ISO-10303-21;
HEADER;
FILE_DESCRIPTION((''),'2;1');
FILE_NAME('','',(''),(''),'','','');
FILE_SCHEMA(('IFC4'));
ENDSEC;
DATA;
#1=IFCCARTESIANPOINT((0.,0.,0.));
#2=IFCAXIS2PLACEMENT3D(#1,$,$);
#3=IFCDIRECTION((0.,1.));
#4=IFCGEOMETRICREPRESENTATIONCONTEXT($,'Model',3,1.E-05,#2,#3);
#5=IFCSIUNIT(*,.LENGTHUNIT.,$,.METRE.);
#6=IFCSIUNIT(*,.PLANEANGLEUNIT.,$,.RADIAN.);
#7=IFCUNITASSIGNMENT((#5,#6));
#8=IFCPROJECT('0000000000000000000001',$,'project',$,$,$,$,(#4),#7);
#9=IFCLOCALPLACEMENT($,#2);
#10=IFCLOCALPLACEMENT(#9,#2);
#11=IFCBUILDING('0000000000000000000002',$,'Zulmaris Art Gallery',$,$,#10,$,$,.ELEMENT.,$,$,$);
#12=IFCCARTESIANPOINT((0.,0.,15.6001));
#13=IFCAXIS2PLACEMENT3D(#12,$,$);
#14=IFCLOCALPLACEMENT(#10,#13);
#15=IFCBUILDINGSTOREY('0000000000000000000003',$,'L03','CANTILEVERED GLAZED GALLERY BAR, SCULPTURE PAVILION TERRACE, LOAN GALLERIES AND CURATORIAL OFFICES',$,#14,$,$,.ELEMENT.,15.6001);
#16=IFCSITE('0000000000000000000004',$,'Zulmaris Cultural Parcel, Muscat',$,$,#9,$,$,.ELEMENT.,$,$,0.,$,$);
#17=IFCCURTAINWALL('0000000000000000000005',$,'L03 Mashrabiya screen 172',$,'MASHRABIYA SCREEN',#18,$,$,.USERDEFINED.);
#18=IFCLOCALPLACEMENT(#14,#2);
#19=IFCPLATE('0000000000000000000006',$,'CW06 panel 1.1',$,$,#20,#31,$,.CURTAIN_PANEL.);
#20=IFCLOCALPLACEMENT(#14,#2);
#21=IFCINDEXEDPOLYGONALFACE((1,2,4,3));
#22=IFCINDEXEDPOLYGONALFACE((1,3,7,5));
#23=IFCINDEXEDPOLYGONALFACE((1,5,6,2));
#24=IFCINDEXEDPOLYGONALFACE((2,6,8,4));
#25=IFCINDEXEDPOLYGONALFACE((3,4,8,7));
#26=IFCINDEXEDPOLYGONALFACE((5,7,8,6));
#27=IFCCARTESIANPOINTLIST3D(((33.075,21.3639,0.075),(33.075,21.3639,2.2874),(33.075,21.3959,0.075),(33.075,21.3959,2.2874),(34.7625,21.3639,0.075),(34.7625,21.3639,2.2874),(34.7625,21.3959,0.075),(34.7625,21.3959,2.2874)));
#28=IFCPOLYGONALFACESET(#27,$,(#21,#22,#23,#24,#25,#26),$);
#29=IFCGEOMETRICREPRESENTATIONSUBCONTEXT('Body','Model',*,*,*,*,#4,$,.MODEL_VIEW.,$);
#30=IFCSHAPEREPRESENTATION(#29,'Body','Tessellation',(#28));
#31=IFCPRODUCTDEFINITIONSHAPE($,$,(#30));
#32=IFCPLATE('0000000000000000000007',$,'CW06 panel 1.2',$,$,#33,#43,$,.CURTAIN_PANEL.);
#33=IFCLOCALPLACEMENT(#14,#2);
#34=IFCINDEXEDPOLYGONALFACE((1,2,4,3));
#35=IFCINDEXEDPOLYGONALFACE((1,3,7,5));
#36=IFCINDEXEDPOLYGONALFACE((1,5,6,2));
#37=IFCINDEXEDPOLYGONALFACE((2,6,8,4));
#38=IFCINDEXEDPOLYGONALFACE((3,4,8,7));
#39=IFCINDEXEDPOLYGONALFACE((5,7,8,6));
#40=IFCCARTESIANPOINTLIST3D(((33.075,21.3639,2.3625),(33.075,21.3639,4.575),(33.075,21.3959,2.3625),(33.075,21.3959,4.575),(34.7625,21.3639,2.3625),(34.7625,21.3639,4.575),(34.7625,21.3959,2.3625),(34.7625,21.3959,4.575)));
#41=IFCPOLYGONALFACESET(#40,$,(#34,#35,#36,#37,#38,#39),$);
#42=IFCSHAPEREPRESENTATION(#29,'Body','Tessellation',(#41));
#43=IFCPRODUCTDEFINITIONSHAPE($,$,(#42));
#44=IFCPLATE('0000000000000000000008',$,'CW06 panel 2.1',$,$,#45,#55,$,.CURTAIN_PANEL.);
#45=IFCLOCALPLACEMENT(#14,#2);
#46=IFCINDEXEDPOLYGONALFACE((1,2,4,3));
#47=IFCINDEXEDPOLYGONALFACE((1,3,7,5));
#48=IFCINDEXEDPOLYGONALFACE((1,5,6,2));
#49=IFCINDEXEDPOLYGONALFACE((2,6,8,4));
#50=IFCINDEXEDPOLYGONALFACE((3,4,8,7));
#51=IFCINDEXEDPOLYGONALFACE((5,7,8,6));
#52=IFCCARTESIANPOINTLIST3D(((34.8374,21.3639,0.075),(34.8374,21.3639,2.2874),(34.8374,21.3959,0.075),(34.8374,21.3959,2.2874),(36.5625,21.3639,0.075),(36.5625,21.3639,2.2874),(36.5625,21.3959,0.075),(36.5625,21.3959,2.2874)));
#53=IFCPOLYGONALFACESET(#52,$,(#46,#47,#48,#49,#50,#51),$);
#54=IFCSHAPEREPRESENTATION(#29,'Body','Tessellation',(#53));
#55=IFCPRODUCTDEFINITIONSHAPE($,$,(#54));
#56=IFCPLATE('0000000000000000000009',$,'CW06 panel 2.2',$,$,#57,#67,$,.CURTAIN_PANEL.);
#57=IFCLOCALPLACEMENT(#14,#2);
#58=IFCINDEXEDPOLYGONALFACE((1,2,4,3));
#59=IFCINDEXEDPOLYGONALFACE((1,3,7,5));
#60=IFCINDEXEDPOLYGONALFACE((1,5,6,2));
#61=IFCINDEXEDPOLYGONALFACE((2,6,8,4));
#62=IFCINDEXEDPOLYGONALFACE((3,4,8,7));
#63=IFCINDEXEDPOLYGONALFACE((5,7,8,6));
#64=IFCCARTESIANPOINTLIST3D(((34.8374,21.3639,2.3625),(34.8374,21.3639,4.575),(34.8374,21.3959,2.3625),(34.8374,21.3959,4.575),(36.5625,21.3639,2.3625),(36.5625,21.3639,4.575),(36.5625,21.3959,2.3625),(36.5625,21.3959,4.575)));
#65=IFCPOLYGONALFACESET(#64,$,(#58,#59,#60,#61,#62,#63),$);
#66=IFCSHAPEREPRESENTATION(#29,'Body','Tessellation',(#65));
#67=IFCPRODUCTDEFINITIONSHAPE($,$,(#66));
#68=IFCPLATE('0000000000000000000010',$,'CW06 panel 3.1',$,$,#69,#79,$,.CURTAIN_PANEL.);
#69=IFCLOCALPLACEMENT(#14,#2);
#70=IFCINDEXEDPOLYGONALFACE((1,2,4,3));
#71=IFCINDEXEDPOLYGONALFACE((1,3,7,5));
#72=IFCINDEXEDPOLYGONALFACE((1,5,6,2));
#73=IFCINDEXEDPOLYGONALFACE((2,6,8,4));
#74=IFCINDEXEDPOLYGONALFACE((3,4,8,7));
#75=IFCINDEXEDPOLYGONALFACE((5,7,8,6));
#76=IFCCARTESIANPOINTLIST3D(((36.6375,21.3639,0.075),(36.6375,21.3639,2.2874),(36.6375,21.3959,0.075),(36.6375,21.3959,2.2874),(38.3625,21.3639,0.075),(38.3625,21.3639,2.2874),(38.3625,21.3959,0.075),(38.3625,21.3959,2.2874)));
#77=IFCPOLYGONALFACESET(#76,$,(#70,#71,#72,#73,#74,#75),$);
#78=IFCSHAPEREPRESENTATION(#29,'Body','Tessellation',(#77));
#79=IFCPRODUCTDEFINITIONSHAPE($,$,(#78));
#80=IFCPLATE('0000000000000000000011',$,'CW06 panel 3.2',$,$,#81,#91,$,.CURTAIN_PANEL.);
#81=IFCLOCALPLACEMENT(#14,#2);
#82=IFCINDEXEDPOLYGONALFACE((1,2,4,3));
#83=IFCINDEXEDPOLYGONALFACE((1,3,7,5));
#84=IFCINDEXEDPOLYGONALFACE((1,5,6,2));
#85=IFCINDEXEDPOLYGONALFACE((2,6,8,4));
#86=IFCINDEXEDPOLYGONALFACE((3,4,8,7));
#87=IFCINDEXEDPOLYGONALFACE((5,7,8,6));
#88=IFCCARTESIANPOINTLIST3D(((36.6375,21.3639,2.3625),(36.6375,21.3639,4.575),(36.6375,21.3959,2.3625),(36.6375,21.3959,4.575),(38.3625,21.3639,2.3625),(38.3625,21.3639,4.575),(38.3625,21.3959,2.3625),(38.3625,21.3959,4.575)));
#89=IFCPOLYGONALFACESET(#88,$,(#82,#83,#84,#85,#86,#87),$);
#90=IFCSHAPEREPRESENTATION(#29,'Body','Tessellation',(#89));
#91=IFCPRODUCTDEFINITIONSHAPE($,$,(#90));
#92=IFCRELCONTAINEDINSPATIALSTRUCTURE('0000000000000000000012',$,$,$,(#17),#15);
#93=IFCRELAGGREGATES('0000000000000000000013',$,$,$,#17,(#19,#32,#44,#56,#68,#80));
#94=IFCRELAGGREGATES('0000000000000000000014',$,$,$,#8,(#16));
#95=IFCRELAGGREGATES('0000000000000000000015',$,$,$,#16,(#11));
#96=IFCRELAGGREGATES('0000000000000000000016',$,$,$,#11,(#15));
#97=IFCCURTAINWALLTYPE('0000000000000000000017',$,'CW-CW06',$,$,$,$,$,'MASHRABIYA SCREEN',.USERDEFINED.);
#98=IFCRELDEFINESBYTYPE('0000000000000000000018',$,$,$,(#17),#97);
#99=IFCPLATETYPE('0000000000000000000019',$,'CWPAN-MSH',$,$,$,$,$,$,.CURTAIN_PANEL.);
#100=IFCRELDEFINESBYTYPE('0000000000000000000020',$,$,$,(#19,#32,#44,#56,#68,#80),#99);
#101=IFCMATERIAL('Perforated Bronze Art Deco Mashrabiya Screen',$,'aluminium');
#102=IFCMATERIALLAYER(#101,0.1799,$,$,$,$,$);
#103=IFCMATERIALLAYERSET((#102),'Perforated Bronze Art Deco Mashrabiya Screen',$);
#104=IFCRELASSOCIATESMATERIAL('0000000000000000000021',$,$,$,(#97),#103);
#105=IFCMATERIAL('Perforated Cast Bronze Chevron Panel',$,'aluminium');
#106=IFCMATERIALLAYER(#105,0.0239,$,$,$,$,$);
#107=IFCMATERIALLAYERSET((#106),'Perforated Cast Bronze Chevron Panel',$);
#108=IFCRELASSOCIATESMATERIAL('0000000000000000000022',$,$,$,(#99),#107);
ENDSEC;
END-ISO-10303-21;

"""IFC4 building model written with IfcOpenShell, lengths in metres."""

from ifc_helpers import new_model, si_unit, direction, frame, origin, origin_2d, place, context, subcontext, project, spatial, rectangle, extrude, material, layer, layer_set, type_object, element, aggregate, save


model = new_model("IFC4")

# Units and contexts
model_context = context("Model", 3, precision=1e-05, world=origin(), true_north=direction((0.0, 1.0)))
body_context = subcontext(model_context, "Body", "Model", "MODEL_VIEW")
ifc_project = project(units=[si_unit("LENGTHUNIT", "METRE"), si_unit("PLANEANGLEUNIT", "RADIAN")], contexts=[model_context])

# Site, building, storey
site_placement = place(None, origin())
site = spatial("IfcSite", under=ifc_project, at=site_placement, Name="Zulmaris Cultural Parcel, Muscat", CompositionType="ELEMENT", RefElevation=0.0)
building_placement = place(site_placement, origin())
building = spatial("IfcBuilding", under=site, at=building_placement, Name="Zulmaris Art Gallery", CompositionType="ELEMENT")
storey_placement = place(building_placement, frame((0.0, 0.0, 15.6001)))
storey = spatial("IfcBuildingStorey", under=building, at=storey_placement, Name="L03", Description="CANTILEVERED GLAZED GALLERY BAR, SCULPTURE PAVILION TERRACE, LOAN GALLERIES AND CURATORIAL OFFICES", CompositionType="ELEMENT", Elevation=15.6001)

# Curtain wall
ifc_material_1 = material(Name="Perforated Bronze Art Deco Mashrabiya Screen", Category="aluminium")
ifc_layer_1 = layer(ifc_material_1, 0.1799)
ifc_layer_set_1 = layer_set([ifc_layer_1], Name="Perforated Bronze Art Deco Mashrabiya Screen")
curtain_wall_type = type_object("IfcCurtainWallType", Name="CW-CW06", ElementType="MASHRABIYA SCREEN", PredefinedType="USERDEFINED", material=ifc_layer_set_1)
curtain_wall_1_placement = place(storey_placement, origin())
curtain_wall_1 = element("IfcCurtainWall", 1, at=curtain_wall_1_placement, inside=storey, type_object=curtain_wall_type, Name="L03 Mashrabiya screen 172", ObjectType="MASHRABIYA SCREEN", PredefinedType="USERDEFINED")

# Plates
ifc_material_2 = material(Name="Perforated Cast Bronze Chevron Panel", Category="aluminium")
ifc_layer_2 = layer(ifc_material_2, 0.0239)
ifc_layer_set_2 = layer_set([ifc_layer_2], Name="Perforated Cast Bronze Chevron Panel")
plate_type = type_object("IfcPlateType", Name="CWPAN-MSH", PredefinedType="CURTAIN_PANEL", material=ifc_layer_set_2)
plate_1_placement = place(storey_placement, frame((33.9187, 21.3799, 0.075), z_axis=(0.0, 0.0, 1.0), x_axis=(1.0, 0.0, 0.0)))
plate_1 = element("IfcPlate", 2, at=plate_1_placement, type_object=plate_type, Name="CW06 panel 1.1", PredefinedType="CURTAIN_PANEL", context=body_context, shape_type="SweptSolid", body=[
    extrude(rectangle(XDim=1.6875, YDim=0.032, at=origin_2d()), origin(), (0.0, 0.0, 1.0), 2.2124),
])
plate_2_placement = place(storey_placement, frame((33.9187, 21.3799, 2.3625), z_axis=(0.0, 0.0, 1.0), x_axis=(1.0, 0.0, 0.0)))
plate_2 = element("IfcPlate", 3, at=plate_2_placement, type_object=plate_type, Name="CW06 panel 1.2", PredefinedType="CURTAIN_PANEL", context=body_context, shape_type="SweptSolid", body=[
    extrude(rectangle(XDim=1.6875, YDim=0.032, at=origin_2d()), origin(), (0.0, 0.0, 1.0), 2.2124),
])
plate_3_placement = place(storey_placement, frame((35.7, 21.3799, 0.075), z_axis=(0.0, 0.0, 1.0), x_axis=(1.0, 0.0, 0.0)))
plate_3 = element("IfcPlate", 4, at=plate_3_placement, type_object=plate_type, Name="CW06 panel 2.1", PredefinedType="CURTAIN_PANEL", context=body_context, shape_type="SweptSolid", body=[
    extrude(rectangle(XDim=1.7251, YDim=0.032, at=origin_2d()), origin(), (0.0, 0.0, 1.0), 2.2124),
])
plate_4_placement = place(storey_placement, frame((35.7, 21.3799, 2.3625), z_axis=(0.0, 0.0, 1.0), x_axis=(1.0, 0.0, 0.0)))
plate_4 = element("IfcPlate", 5, at=plate_4_placement, type_object=plate_type, Name="CW06 panel 2.2", PredefinedType="CURTAIN_PANEL", context=body_context, shape_type="SweptSolid", body=[
    extrude(rectangle(XDim=1.7251, YDim=0.032, at=origin_2d()), origin(), (0.0, 0.0, 1.0), 2.2124),
])
plate_5_placement = place(storey_placement, frame((37.5, 21.3799, 0.075), z_axis=(0.0, 0.0, 1.0), x_axis=(1.0, 0.0, 0.0)))
plate_5 = element("IfcPlate", 6, at=plate_5_placement, type_object=plate_type, Name="CW06 panel 3.1", PredefinedType="CURTAIN_PANEL", context=body_context, shape_type="SweptSolid", body=[
    extrude(rectangle(XDim=1.7251, YDim=0.032, at=origin_2d()), origin(), (0.0, 0.0, 1.0), 2.2124),
])
plate_6_placement = place(storey_placement, frame((37.5, 21.3799, 2.3625), z_axis=(0.0, 0.0, 1.0), x_axis=(1.0, 0.0, 0.0)))
plate_6 = element("IfcPlate", 7, at=plate_6_placement, type_object=plate_type, Name="CW06 panel 3.2", PredefinedType="CURTAIN_PANEL", context=body_context, shape_type="SweptSolid", body=[
    extrude(rectangle(XDim=1.7251, YDim=0.032, at=origin_2d()), origin(), (0.0, 0.0, 1.0), 2.2124),
])
aggregate(curtain_wall_1, [plate_1, plate_2, plate_3, plate_4, plate_5, plate_6])

save(model, "model.ifc")
